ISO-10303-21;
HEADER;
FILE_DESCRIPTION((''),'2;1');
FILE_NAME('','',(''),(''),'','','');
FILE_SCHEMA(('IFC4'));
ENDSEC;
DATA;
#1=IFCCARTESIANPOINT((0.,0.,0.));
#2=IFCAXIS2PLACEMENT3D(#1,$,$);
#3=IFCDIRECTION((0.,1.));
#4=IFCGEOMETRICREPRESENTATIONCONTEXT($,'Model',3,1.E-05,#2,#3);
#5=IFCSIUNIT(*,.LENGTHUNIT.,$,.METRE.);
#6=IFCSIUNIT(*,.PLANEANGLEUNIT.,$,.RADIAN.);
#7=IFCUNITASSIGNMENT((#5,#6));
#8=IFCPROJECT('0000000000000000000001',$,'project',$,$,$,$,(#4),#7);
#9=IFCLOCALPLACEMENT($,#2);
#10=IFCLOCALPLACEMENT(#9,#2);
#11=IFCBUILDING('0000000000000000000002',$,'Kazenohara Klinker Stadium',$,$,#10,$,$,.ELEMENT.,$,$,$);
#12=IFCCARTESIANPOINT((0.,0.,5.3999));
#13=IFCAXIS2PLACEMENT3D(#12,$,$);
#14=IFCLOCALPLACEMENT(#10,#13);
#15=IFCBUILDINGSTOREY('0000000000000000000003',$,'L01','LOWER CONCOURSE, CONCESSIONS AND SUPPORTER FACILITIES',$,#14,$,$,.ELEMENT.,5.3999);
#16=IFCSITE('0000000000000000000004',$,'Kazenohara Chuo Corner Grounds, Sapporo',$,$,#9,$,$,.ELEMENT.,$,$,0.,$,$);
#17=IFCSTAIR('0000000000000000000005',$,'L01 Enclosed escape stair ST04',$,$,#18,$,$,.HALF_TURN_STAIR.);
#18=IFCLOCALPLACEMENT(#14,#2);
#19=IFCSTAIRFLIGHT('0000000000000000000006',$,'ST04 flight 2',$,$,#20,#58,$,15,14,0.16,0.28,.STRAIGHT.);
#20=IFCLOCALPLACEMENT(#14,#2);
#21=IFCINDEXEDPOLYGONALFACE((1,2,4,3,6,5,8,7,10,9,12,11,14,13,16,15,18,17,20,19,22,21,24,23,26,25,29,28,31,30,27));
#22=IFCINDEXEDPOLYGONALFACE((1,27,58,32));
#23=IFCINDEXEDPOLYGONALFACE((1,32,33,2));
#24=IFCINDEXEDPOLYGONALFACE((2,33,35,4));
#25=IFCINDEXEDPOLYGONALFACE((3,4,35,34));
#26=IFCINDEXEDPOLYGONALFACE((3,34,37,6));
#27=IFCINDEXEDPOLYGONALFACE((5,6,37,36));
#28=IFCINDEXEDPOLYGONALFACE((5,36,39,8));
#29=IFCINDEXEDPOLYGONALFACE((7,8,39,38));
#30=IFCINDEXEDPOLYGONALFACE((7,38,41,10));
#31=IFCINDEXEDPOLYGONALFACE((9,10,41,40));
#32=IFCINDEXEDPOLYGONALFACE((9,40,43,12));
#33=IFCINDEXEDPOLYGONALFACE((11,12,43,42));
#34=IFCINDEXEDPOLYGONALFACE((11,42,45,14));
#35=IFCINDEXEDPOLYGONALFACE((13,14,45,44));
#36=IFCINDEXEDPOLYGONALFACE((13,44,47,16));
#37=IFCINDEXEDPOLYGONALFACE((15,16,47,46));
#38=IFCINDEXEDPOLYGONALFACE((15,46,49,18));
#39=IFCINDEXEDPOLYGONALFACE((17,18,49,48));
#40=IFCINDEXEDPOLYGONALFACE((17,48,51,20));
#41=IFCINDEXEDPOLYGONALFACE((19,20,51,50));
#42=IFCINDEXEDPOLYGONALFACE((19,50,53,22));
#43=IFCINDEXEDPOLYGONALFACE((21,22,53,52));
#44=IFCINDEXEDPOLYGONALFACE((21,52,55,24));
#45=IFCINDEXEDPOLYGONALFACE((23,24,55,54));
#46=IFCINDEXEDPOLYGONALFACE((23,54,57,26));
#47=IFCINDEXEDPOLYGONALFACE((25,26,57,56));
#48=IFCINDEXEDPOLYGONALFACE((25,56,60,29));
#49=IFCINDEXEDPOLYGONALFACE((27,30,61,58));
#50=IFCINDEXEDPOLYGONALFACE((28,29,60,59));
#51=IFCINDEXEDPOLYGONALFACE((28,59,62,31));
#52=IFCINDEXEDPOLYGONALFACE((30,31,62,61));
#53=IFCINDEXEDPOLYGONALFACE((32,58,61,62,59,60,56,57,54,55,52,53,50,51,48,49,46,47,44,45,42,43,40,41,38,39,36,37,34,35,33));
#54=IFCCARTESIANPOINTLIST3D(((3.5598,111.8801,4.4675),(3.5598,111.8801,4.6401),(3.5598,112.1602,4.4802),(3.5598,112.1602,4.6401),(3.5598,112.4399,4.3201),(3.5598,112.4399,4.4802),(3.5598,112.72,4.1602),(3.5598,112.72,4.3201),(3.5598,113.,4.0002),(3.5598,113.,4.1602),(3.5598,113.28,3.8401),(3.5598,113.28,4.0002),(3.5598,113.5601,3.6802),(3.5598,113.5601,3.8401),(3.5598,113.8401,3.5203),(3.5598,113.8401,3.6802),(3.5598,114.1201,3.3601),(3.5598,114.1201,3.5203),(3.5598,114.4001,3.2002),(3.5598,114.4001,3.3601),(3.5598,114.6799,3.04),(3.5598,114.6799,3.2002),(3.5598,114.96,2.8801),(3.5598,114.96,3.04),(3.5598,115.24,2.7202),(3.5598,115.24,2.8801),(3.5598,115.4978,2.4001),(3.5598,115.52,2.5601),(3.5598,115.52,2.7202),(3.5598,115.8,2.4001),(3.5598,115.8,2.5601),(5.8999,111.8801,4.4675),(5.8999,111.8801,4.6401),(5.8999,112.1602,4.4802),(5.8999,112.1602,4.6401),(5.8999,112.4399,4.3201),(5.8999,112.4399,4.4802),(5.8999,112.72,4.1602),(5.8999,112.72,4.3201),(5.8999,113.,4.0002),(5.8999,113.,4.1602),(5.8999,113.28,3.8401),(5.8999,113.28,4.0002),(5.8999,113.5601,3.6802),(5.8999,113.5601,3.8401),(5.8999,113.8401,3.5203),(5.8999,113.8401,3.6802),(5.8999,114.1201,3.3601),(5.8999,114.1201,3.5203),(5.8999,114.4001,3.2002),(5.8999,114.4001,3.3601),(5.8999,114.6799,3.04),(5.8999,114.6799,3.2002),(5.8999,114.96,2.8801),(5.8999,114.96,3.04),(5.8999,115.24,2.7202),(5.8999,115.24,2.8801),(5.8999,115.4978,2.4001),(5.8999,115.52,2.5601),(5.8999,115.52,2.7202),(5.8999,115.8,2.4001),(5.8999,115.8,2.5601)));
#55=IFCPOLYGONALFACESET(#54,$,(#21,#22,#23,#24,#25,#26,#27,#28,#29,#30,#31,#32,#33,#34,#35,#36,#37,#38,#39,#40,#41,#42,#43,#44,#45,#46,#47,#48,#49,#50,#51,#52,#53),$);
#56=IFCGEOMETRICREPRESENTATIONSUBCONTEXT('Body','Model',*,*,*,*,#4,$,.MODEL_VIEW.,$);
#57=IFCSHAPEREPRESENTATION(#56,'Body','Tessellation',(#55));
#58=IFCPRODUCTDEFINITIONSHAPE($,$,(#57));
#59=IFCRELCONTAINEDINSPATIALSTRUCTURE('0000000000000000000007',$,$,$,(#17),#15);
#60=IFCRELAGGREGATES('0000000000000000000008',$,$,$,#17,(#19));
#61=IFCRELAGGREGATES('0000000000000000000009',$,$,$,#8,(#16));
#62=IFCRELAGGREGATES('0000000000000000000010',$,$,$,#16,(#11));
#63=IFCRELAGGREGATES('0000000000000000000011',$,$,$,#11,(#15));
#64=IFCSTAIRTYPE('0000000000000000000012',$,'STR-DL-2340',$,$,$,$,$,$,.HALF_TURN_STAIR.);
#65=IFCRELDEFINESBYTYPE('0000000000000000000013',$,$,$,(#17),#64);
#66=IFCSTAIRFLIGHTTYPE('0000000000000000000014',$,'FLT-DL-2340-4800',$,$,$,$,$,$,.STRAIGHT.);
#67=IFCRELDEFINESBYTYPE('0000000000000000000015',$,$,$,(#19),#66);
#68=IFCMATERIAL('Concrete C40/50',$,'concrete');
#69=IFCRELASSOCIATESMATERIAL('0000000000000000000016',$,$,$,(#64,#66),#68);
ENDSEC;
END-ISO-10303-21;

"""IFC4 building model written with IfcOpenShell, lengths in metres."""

from ifc_helpers import new_model, si_unit, direction, frame, origin, place, context, subcontext, project, spatial, polyline, outline, extrude, material, type_object, element, aggregate, save


model = new_model("IFC4")

# Units and contexts
model_context = context("Model", 3, precision=1e-05, world=origin(), true_north=direction((0.0, 1.0)))
body_context = subcontext(model_context, "Body", "Model", "MODEL_VIEW")
ifc_project = project(units=[si_unit("LENGTHUNIT", "METRE"), si_unit("PLANEANGLEUNIT", "RADIAN")], contexts=[model_context])

# Site, building, storey
site_placement = place(None, origin())
site = spatial("IfcSite", under=ifc_project, at=site_placement, Name="Kazenohara Chuo Corner Grounds, Sapporo", CompositionType="ELEMENT", RefElevation=0.0)
building_placement = place(site_placement, origin())
building = spatial("IfcBuilding", under=site, at=building_placement, Name="Kazenohara Klinker Stadium", CompositionType="ELEMENT")
storey_placement = place(building_placement, frame((0.0, 0.0, 5.3999)))
storey = spatial("IfcBuildingStorey", under=building, at=storey_placement, Name="L01", Description="LOWER CONCOURSE, CONCESSIONS AND SUPPORTER FACILITIES", CompositionType="ELEMENT", Elevation=5.3999)

# Shared definitions
ifc_material_1 = material(Name="Concrete C40/50", Category="concrete")

# Stair, stair flight
stair_type = type_object("IfcStairType", Name="STR-DL-2340", PredefinedType="HALF_TURN_STAIR", material=ifc_material_1)
stair_placement = place(storey_placement, origin())
stair = element("IfcStair", 1, at=stair_placement, inside=storey, type_object=stair_type, Name="L01 Enclosed escape stair ST04", PredefinedType="HALF_TURN_STAIR")
stair_flight_type = type_object("IfcStairFlightType", Name="FLT-DL-2340-4800", PredefinedType="STRAIGHT", material=ifc_material_1)
stair_flight_placement = place(storey_placement, frame((4.73, 115.8, 2.4001), z_axis=(0.0, 0.0, 1.0), x_axis=(0.0, -1.0, 0.0)))
stair_flight = element("IfcStairFlight", 2, at=stair_flight_placement, type_object=stair_flight_type, Name="ST04 flight 2", NumberOfRisers=15, NumberOfTreads=14, PredefinedType="STRAIGHT", RiserHeight=0.16, TreadLength=0.28, context=body_context, shape_type="SweptSolid", body=[
    extrude(outline(polyline([(0.0, 0.0), (0.0, 0.1599), (0.28, 0.1599), (0.28, 0.3201), (0.5601, 0.3201), (0.5601, 0.48), (0.8401, 0.48), (0.8401, 0.6399), (1.1201, 0.6399), (1.1201, 0.8), (1.3999, 0.8), (1.3999, 0.96), (1.6799, 0.96), (1.6799, 1.1201), (1.96, 1.1201), (1.96, 1.28), (2.24, 1.28), (2.24, 1.4399), (2.52, 1.4399), (2.52, 1.6001), (2.8, 1.6001), (2.8, 1.76), (3.0801, 1.76), (3.0801, 1.9199), (3.3601, 1.9199), (3.3601, 2.0801), (3.6399, 2.0801), (3.6399, 2.24), (3.9199, 2.24), (3.9199, 2.3999), (3.9199, 2.0674), (0.3022, 0.0), (0.0, 0.0)])), frame((0.0, 1.1699, 0.0), z_axis=(0.0, -1.0, 0.0), x_axis=(1.0, 0.0, 0.0)), (0.0, 0.0, 1.0), 2.3401),
])
aggregate(stair, [stair_flight])

save(model, "model.ifc")
